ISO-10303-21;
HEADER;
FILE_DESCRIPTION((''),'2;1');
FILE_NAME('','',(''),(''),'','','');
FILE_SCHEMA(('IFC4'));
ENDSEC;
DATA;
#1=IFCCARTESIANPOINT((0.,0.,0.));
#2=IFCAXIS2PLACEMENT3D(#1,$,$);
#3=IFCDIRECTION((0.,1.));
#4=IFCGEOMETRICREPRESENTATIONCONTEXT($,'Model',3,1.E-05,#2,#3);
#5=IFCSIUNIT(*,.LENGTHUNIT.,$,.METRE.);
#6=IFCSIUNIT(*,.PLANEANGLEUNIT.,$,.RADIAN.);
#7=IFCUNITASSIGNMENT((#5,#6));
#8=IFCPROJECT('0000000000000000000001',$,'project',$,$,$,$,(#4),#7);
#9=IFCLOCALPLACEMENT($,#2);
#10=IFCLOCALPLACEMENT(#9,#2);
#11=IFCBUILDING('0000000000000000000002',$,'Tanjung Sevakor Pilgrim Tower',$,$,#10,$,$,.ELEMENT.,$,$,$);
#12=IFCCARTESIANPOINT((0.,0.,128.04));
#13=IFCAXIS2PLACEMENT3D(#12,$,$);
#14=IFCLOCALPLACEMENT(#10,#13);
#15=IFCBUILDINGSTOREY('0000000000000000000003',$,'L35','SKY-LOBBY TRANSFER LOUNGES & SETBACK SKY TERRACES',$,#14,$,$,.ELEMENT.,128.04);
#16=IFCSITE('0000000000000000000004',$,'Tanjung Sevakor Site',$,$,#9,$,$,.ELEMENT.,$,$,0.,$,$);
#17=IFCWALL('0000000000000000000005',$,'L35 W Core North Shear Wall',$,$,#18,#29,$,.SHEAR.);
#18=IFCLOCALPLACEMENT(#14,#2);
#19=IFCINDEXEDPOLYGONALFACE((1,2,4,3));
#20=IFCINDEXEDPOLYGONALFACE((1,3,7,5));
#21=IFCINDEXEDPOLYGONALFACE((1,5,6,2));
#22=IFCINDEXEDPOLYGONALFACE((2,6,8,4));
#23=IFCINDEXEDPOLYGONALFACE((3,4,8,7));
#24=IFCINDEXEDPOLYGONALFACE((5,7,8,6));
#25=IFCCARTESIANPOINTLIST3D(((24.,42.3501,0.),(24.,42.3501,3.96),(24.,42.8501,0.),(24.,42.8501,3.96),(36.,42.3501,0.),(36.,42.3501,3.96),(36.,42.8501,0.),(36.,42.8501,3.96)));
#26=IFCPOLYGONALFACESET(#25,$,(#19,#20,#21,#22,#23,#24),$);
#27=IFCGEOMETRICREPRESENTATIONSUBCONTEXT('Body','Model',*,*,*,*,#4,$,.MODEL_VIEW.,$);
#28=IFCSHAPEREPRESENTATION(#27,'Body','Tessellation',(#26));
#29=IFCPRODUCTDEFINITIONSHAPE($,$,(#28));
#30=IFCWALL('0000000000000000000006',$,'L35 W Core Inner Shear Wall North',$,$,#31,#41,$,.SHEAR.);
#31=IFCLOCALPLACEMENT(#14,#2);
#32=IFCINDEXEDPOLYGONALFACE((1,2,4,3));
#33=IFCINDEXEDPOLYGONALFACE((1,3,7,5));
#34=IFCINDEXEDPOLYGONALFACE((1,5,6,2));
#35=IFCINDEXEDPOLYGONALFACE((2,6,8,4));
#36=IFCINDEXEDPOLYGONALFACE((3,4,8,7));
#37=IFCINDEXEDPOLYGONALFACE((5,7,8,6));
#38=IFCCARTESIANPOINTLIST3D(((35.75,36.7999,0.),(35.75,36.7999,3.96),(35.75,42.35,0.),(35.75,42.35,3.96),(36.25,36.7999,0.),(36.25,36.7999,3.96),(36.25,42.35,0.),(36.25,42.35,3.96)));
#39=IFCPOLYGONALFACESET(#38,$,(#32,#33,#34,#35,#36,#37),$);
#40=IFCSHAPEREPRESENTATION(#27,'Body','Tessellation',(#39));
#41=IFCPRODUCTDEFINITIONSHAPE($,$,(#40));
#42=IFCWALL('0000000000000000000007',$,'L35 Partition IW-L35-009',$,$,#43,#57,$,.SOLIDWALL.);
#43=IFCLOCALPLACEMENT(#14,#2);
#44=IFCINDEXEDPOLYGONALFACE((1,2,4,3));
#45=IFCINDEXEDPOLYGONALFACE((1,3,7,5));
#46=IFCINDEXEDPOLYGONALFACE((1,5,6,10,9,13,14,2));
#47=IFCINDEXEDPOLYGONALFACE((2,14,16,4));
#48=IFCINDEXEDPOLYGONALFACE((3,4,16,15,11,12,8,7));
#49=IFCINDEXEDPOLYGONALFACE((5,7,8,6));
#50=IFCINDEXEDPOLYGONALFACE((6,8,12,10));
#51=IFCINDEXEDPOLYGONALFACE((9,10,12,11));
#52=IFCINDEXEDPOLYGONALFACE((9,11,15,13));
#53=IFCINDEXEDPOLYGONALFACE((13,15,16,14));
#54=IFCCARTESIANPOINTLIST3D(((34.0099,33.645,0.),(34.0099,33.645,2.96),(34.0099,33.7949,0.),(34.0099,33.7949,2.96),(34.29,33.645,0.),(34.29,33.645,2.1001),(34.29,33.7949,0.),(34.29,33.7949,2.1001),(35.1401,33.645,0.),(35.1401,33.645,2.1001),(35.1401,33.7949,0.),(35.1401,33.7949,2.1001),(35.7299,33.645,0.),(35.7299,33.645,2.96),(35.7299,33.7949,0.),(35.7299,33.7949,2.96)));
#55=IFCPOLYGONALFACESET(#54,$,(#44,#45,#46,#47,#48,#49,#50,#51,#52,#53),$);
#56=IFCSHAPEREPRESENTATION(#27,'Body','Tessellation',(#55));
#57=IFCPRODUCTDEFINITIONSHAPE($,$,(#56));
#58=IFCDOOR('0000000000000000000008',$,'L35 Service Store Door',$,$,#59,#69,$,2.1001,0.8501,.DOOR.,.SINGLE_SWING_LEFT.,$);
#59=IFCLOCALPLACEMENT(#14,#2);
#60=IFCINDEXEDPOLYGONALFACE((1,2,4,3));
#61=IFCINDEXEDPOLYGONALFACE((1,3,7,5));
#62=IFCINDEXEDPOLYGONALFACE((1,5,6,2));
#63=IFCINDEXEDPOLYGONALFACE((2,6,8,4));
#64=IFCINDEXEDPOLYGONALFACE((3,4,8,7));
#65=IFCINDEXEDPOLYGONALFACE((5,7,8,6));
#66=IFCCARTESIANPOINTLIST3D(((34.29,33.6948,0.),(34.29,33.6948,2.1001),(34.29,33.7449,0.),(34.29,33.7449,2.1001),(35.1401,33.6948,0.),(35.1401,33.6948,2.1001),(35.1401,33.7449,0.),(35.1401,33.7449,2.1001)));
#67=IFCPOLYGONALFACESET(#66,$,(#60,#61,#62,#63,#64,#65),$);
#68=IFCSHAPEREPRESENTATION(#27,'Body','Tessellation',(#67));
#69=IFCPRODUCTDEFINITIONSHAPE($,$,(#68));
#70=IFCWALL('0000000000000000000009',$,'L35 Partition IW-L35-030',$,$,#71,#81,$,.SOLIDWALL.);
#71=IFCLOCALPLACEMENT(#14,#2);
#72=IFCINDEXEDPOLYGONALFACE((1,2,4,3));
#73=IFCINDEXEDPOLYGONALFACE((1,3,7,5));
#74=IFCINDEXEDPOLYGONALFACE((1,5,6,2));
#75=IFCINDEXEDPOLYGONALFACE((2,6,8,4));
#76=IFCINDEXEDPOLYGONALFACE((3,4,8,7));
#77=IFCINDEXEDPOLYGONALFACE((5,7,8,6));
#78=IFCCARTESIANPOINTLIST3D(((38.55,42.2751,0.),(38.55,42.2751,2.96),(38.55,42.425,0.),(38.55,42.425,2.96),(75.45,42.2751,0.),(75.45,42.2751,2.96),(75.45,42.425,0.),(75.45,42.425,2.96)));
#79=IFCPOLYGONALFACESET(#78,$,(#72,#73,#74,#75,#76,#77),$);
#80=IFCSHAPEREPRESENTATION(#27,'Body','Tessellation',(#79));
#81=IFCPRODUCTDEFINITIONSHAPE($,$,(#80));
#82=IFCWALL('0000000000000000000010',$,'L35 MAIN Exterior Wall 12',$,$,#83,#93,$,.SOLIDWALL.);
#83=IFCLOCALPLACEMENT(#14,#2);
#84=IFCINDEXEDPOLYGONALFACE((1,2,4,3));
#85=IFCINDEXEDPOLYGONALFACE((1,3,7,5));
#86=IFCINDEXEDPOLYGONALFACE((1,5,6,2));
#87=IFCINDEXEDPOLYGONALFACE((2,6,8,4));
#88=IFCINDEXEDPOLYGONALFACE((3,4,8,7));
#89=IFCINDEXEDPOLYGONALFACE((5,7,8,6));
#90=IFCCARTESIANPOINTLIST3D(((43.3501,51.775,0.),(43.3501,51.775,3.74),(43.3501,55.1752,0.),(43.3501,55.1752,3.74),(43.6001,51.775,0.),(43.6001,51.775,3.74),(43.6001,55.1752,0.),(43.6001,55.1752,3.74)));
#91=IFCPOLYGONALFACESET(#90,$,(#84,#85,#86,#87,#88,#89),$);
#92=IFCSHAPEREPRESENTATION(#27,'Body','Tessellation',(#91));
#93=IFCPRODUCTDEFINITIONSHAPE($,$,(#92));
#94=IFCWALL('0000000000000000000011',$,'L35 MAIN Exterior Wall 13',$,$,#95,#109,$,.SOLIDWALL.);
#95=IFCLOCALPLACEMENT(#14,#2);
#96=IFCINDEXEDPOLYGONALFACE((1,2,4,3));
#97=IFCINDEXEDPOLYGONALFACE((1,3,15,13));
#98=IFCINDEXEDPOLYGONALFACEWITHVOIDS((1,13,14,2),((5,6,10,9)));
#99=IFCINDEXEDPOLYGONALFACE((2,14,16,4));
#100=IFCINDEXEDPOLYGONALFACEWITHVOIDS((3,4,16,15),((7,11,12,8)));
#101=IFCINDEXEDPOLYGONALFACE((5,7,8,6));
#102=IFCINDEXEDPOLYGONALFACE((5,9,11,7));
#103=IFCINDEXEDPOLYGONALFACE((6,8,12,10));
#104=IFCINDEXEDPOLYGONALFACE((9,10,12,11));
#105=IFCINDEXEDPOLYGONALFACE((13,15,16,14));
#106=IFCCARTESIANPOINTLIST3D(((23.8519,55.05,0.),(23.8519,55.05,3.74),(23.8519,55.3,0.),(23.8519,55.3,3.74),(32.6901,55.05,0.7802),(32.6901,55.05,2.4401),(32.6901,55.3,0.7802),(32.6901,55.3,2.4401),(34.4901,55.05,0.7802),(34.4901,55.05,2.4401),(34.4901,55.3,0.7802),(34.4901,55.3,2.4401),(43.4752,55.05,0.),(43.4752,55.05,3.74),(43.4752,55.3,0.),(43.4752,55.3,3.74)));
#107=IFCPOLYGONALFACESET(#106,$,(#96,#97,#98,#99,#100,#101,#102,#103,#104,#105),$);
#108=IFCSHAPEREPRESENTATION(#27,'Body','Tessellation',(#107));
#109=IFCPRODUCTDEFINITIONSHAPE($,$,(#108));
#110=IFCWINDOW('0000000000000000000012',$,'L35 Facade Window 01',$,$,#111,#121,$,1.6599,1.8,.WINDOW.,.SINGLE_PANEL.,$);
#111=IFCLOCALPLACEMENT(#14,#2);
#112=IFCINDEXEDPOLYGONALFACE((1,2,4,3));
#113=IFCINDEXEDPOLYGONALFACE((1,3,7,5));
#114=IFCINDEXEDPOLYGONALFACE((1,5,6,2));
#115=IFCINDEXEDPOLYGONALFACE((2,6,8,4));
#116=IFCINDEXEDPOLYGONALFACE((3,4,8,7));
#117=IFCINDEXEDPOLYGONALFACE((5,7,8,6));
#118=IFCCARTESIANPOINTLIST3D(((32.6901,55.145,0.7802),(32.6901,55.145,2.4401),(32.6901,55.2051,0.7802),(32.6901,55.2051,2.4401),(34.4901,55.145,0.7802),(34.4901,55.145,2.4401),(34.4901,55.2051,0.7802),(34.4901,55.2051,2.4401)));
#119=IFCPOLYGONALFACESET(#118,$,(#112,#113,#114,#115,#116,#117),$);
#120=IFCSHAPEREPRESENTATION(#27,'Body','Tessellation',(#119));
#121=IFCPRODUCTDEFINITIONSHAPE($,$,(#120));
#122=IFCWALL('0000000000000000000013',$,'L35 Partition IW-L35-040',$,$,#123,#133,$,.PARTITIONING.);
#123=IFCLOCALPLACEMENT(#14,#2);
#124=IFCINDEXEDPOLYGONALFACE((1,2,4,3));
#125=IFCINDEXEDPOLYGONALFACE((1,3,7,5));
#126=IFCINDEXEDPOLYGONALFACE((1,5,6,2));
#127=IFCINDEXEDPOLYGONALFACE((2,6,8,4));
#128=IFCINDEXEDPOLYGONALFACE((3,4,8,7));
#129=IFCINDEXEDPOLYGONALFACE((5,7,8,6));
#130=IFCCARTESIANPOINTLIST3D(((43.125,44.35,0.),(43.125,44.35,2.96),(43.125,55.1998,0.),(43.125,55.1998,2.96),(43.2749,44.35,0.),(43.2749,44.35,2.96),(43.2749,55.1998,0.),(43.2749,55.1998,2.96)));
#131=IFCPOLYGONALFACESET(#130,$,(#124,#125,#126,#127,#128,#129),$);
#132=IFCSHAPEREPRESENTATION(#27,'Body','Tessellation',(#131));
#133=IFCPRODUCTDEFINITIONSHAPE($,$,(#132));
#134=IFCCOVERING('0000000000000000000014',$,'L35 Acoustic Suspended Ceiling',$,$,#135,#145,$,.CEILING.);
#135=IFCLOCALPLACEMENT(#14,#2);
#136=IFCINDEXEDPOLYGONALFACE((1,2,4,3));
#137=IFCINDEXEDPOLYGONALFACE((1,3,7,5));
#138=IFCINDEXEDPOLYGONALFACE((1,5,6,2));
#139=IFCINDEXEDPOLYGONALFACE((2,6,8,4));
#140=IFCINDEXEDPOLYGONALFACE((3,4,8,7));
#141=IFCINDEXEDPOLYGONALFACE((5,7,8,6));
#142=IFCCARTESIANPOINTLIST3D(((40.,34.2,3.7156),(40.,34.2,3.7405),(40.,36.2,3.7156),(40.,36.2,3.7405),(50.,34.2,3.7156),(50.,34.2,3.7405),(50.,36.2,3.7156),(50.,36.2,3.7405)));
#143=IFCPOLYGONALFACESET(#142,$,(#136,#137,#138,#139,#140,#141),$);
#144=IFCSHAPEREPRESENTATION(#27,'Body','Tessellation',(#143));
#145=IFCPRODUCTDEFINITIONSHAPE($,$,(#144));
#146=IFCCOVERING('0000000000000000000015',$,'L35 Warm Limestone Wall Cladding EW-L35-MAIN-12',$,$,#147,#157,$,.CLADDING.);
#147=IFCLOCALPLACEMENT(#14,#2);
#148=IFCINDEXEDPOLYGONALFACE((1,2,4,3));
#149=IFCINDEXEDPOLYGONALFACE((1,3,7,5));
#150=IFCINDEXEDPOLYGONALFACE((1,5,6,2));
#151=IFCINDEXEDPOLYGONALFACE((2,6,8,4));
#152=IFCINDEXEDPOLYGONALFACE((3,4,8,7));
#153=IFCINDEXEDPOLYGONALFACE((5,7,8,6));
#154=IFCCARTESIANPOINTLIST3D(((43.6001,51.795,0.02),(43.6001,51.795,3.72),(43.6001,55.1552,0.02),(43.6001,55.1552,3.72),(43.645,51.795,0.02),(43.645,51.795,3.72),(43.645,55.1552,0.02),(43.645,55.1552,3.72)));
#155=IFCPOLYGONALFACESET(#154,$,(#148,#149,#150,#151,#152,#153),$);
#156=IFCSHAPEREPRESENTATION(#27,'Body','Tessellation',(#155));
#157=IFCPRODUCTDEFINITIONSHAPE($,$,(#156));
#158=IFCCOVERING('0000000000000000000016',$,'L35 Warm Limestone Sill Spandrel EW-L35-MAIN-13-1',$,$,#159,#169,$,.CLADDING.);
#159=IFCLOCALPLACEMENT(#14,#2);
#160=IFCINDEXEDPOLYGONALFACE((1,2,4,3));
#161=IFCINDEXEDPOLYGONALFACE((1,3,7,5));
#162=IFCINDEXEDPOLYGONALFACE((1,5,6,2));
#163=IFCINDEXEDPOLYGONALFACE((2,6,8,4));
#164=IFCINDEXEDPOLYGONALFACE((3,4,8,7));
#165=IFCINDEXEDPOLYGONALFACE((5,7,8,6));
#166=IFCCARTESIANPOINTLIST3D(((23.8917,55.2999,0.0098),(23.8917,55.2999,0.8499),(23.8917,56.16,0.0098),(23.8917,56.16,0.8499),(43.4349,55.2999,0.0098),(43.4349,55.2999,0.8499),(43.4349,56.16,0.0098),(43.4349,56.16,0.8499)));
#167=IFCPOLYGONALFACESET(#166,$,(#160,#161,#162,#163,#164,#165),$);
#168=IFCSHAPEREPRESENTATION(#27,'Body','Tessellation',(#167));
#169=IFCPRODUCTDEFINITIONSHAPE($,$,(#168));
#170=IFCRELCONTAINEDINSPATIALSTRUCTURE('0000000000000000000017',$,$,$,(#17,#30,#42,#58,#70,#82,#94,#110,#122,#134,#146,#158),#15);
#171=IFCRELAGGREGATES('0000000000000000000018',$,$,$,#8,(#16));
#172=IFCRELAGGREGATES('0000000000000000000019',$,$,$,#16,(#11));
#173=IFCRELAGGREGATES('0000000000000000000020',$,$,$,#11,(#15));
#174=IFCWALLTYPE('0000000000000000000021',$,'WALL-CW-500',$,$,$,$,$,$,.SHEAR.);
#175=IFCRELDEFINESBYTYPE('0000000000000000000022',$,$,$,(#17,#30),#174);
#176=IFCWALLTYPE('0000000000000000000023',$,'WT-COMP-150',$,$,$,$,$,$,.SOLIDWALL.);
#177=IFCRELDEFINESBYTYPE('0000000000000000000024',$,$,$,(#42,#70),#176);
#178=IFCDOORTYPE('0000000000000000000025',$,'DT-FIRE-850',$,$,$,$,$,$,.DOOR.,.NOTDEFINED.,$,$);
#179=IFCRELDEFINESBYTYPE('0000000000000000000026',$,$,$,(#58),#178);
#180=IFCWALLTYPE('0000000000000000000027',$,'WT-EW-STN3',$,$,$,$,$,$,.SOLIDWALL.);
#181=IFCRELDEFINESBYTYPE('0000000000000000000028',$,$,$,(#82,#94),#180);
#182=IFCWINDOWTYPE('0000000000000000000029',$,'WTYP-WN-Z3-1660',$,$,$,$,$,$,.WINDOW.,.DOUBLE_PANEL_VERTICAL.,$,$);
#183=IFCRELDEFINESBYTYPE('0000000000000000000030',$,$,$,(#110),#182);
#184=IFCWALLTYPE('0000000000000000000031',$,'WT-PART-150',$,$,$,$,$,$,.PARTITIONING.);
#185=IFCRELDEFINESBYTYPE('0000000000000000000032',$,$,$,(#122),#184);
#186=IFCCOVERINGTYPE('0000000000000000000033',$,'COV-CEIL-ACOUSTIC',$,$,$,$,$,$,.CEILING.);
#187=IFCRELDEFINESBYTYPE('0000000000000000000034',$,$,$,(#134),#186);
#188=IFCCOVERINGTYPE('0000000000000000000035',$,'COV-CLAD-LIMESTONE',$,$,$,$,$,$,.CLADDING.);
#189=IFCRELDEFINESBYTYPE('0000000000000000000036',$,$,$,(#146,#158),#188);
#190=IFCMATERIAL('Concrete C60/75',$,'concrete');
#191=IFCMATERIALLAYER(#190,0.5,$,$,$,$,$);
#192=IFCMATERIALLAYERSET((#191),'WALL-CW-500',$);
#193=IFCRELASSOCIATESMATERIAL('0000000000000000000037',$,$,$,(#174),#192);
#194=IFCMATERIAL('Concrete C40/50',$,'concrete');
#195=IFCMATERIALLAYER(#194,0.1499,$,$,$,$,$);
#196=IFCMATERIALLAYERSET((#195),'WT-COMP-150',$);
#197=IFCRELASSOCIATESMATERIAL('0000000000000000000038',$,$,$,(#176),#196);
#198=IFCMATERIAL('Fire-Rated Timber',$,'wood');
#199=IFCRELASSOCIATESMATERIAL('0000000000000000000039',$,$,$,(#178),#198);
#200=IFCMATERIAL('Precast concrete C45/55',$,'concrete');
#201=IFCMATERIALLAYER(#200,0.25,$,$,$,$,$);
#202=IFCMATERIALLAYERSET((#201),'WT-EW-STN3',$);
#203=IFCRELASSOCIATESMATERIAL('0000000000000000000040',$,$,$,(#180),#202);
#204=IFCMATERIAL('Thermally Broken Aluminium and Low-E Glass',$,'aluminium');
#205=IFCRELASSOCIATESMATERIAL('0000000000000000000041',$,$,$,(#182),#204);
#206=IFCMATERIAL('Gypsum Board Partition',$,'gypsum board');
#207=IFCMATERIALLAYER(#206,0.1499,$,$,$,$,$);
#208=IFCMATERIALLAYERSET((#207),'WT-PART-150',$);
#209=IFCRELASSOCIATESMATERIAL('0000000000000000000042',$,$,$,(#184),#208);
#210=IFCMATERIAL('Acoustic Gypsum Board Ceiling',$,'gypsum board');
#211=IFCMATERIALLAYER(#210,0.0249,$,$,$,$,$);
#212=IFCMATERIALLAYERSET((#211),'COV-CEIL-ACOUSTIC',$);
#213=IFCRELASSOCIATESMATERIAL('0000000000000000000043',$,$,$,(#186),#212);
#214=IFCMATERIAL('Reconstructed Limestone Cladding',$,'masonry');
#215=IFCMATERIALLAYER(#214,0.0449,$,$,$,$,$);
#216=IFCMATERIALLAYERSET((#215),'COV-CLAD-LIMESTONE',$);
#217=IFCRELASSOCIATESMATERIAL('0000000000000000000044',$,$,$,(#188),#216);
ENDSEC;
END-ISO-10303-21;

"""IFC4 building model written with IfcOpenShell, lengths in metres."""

from ifc_helpers import new_model, si_unit, direction, frame, frame_2d, origin, origin_2d, place, context, subcontext, project, spatial, rectangle, extrude, material, layer, layer_set, type_object, element, fill, save


model = new_model("IFC4")

# Units and contexts
model_context = context("Model", 3, precision=1e-05, world=origin(), true_north=direction((0.0, 1.0)))
body_context = subcontext(model_context, "Body", "Model", "MODEL_VIEW")
ifc_project = project(units=[si_unit("LENGTHUNIT", "METRE"), si_unit("PLANEANGLEUNIT", "RADIAN")], contexts=[model_context])

# Site, building, storey
site_placement = place(None, origin())
site = spatial("IfcSite", under=ifc_project, at=site_placement, Name="Tanjung Sevakor Site", CompositionType="ELEMENT", RefElevation=0.0)
building_placement = place(site_placement, origin())
building = spatial("IfcBuilding", under=site, at=building_placement, Name="Tanjung Sevakor Pilgrim Tower", CompositionType="ELEMENT")
storey_placement = place(building_placement, frame((0.0, 0.0, 128.04)))
storey = spatial("IfcBuildingStorey", under=building, at=storey_placement, Name="L35", Description="SKY-LOBBY TRANSFER LOUNGES & SETBACK SKY TERRACES", CompositionType="ELEMENT", Elevation=128.04)

# Walls
ifc_material_1 = material(Name="Concrete C60/75", Category="concrete")
ifc_layer_1 = layer(ifc_material_1, 0.5)
ifc_layer_set_1 = layer_set([ifc_layer_1], Name="WALL-CW-500")
wall_type_1 = type_object("IfcWallType", Name="WALL-CW-500", PredefinedType="SHEAR", material=ifc_layer_set_1)
wall_1_placement = place(storey_placement, frame((36.0, 42.6001, 0.0), z_axis=(0.0, 0.0, 1.0), x_axis=(-1.0, 0.0, 0.0)))
element("IfcWall", 1, at=wall_1_placement, inside=storey, type_object=wall_type_1, Name="L35 W Core North Shear Wall", PredefinedType="SHEAR", context=body_context, shape_type="SweptSolid", body=[
    extrude(rectangle(XDim=12.0, YDim=0.5, at=frame_2d((6.0, 0.0))), origin(), (0.0, 0.0, 1.0), 3.96),
])
wall_2_placement = place(storey_placement, frame((36.0, 36.8, 0.0), z_axis=(0.0, 0.0, 1.0), x_axis=(0.0, 1.0, 0.0)))
element("IfcWall", 2, at=wall_2_placement, inside=storey, type_object=wall_type_1, Name="L35 W Core Inner Shear Wall North", PredefinedType="SHEAR", context=body_context, shape_type="SweptSolid", body=[
    extrude(rectangle(XDim=5.55, YDim=0.5, at=frame_2d((2.7749, 0.0))), origin(), (0.0, 0.0, 1.0), 3.96),
])

# Wall, opening, door
ifc_material_2 = material(Name="Concrete C40/50", Category="concrete")
ifc_layer_2 = layer(ifc_material_2, 0.1499)
ifc_layer_set_2 = layer_set([ifc_layer_2], Name="WT-COMP-150")
wall_type_2 = type_object("IfcWallType", Name="WT-COMP-150", PredefinedType="SOLIDWALL", material=ifc_layer_set_2)
wall_3_placement = place(storey_placement, frame((34.01, 33.72, 0.0), z_axis=(0.0, 0.0, 1.0), x_axis=(1.0, 0.0, 0.0)))
wall_3 = element("IfcWall", 3, at=wall_3_placement, inside=storey, type_object=wall_type_2, Name="L35 Partition IW-L35-009", PredefinedType="SOLIDWALL", context=body_context, shape_type="SweptSolid", body=[
    extrude(rectangle(XDim=1.72, YDim=0.1499, at=frame_2d((0.8599, 0.0))), origin(), (0.0, 0.0, 1.0), 2.96),
])
opening_1_placement = place(wall_3_placement, frame((0.28, 0.0, 0.0)))
opening_1 = element("IfcOpeningElement", 4, at=opening_1_placement, cuts=wall_3, PredefinedType="OPENING", context=body_context, shape_type="SweptSolid", body=[
    extrude(rectangle(XDim=0.8501, YDim=2.1001, at=frame_2d((0.425, 1.05))), frame((0.0, 0.085, 0.0), z_axis=(0.0, -1.0, 0.0), x_axis=(1.0, 0.0, 0.0)), (0.0, 0.0, 1.0), 0.1699),
])
ifc_material_3 = material(Name="Fire-Rated Timber", Category="wood")
door_type = type_object("IfcDoorType", Name="DT-FIRE-850", OperationType="NOTDEFINED", PredefinedType="DOOR", material=ifc_material_3)
door_placement = place(opening_1_placement, origin())
door = element("IfcDoor", 5, at=door_placement, inside=storey, type_object=door_type, Name="L35 Service Store Door", OperationType="SINGLE_SWING_LEFT", OverallHeight=2.1001, OverallWidth=0.8501, PredefinedType="DOOR", context=body_context, shape_type="SweptSolid", body=[
    extrude(rectangle(XDim=0.8501, YDim=2.1001, at=frame_2d((0.425, 1.05))), frame((0.0, 0.0249, 0.0), z_axis=(0.0, -1.0, 0.0), x_axis=(1.0, 0.0, 0.0)), (0.0, 0.0, 1.0), 0.05),
])
fill(opening_1, door)

# Walls
wall_4_placement = place(storey_placement, frame((38.55, 42.3501, 0.0), z_axis=(0.0, 0.0, 1.0), x_axis=(1.0, 0.0, 0.0)))
element("IfcWall", 6, at=wall_4_placement, inside=storey, type_object=wall_type_2, Name="L35 Partition IW-L35-030", PredefinedType="SOLIDWALL", context=body_context, shape_type="SweptSolid", body=[
    extrude(rectangle(XDim=36.8999, YDim=0.1499, at=frame_2d((18.45, 0.0))), origin(), (0.0, 0.0, 1.0), 2.96),
])
ifc_material_4 = material(Name="Precast concrete C45/55", Category="concrete")
ifc_layer_3 = layer(ifc_material_4, 0.25)
ifc_layer_set_3 = layer_set([ifc_layer_3], Name="WT-EW-STN3")
wall_type_3 = type_object("IfcWallType", Name="WT-EW-STN3", PredefinedType="SOLIDWALL", material=ifc_layer_set_3)
wall_5_placement = place(storey_placement, frame((43.4751, 51.7749, 0.0), z_axis=(0.0, 0.0, 1.0), x_axis=(0.0, 1.0, 0.0)))
element("IfcWall", 7, at=wall_5_placement, inside=storey, type_object=wall_type_3, Name="L35 MAIN Exterior Wall 12", PredefinedType="SOLIDWALL", context=body_context, shape_type="SweptSolid", body=[
    extrude(rectangle(XDim=3.4001, YDim=0.25, at=frame_2d((1.7002, 0.0))), origin(), (0.0, 0.0, 1.0), 3.74),
])

# Wall, opening, window
wall_6_placement = place(storey_placement, frame((43.4751, 55.175, 0.0), z_axis=(0.0, 0.0, 1.0), x_axis=(-1.0, 0.0, 0.0)))
wall_6 = element("IfcWall", 8, at=wall_6_placement, inside=storey, type_object=wall_type_3, Name="L35 MAIN Exterior Wall 13", PredefinedType="SOLIDWALL", context=body_context, shape_type="SweptSolid", body=[
    extrude(rectangle(XDim=19.6233, YDim=0.25, at=frame_2d((9.8115, 0.0))), origin(), (0.0, 0.0, 1.0), 3.74),
])
opening_2_placement = place(wall_6_placement, frame((8.9851, 0.0, 0.78)))
opening_2 = element("IfcOpeningElement", 9, at=opening_2_placement, cuts=wall_6, PredefinedType="OPENING", context=body_context, shape_type="SweptSolid", body=[
    extrude(rectangle(XDim=1.8, YDim=1.6599, at=frame_2d((0.8999, 0.8301))), frame((0.0, 0.135, 0.0), z_axis=(0.0, -1.0, 0.0), x_axis=(1.0, 0.0, 0.0)), (0.0, 0.0, 1.0), 0.27),
])
ifc_material_5 = material(Name="Thermally Broken Aluminium and Low-E Glass", Category="aluminium")
window_type = type_object("IfcWindowType", Name="WTYP-WN-Z3-1660", PartitioningType="DOUBLE_PANEL_VERTICAL", PredefinedType="WINDOW", material=ifc_material_5)
window_placement = place(opening_2_placement, origin())
window = element("IfcWindow", 10, at=window_placement, inside=storey, type_object=window_type, Name="L35 Facade Window 01", OverallHeight=1.6599, OverallWidth=1.8, PartitioningType="SINGLE_PANEL", PredefinedType="WINDOW", context=body_context, shape_type="SweptSolid", body=[
    extrude(rectangle(XDim=1.8, YDim=1.6599, at=frame_2d((0.8999, 0.8301))), frame((0.0, 0.03, 0.0), z_axis=(0.0, -1.0, 0.0), x_axis=(1.0, 0.0, 0.0)), (0.0, 0.0, 1.0), 0.0601),
])
fill(opening_2, window)

# Wall
ifc_material_6 = material(Name="Gypsum Board Partition", Category="gypsum board")
ifc_layer_4 = layer(ifc_material_6, 0.1499)
ifc_layer_set_4 = layer_set([ifc_layer_4], Name="WT-PART-150")
wall_type_4 = type_object("IfcWallType", Name="WT-PART-150", PredefinedType="PARTITIONING", material=ifc_layer_set_4)
wall_7_placement = place(storey_placement, frame((43.2, 44.3501, 0.0), z_axis=(0.0, 0.0, 1.0), x_axis=(0.0, 1.0, 0.0)))
element("IfcWall", 11, at=wall_7_placement, inside=storey, type_object=wall_type_4, Name="L35 Partition IW-L35-040", PredefinedType="PARTITIONING", context=body_context, shape_type="SweptSolid", body=[
    extrude(rectangle(XDim=10.8499, YDim=0.1499, at=frame_2d((5.4248, 0.0))), origin(), (0.0, 0.0, 1.0), 2.96),
])

# Coverings
ifc_material_7 = material(Name="Acoustic Gypsum Board Ceiling", Category="gypsum board")
ifc_layer_5 = layer(ifc_material_7, 0.0249)
ifc_layer_set_5 = layer_set([ifc_layer_5], Name="COV-CEIL-ACOUSTIC")
covering_type_1 = type_object("IfcCoveringType", Name="COV-CEIL-ACOUSTIC", PredefinedType="CEILING", material=ifc_layer_set_5)
covering_1_placement = place(storey_placement, frame((45.0, 35.2, 3.7156), z_axis=(0.0, 0.0, 1.0), x_axis=(1.0, 0.0, 0.0)))
element("IfcCovering", 12, at=covering_1_placement, inside=storey, type_object=covering_type_1, Name="L35 Acoustic Suspended Ceiling", PredefinedType="CEILING", context=body_context, shape_type="SweptSolid", body=[
    extrude(rectangle(XDim=10.0, YDim=2.0, at=origin_2d()), origin(), (0.0, 0.0, 1.0), 0.0249),
])
ifc_material_8 = material(Name="Reconstructed Limestone Cladding", Category="masonry")
ifc_layer_6 = layer(ifc_material_8, 0.0449)
ifc_layer_set_6 = layer_set([ifc_layer_6], Name="COV-CLAD-LIMESTONE")
covering_type_2 = type_object("IfcCoveringType", Name="COV-CLAD-LIMESTONE", PredefinedType="CLADDING", material=ifc_layer_set_6)
covering_2_placement = place(storey_placement, frame((43.6226, 53.4751, 0.02), z_axis=(0.0, 0.0, 1.0), x_axis=(0.0, 1.0, 0.0)))
element("IfcCovering", 13, at=covering_2_placement, inside=storey, type_object=covering_type_2, Name="L35 Warm Limestone Wall Cladding EW-L35-MAIN-12", PredefinedType="CLADDING", context=body_context, shape_type="SweptSolid", body=[
    extrude(rectangle(XDim=3.3601, YDim=0.0449, at=origin_2d()), origin(), (0.0, 0.0, 1.0), 3.7),
])
covering_3_placement = place(storey_placement, frame((33.6633, 55.73, 0.0098), z_axis=(0.0, 0.0, 1.0), x_axis=(-1.0, 0.0, 0.0)))
element("IfcCovering", 14, at=covering_3_placement, inside=storey, type_object=covering_type_2, Name="L35 Warm Limestone Sill Spandrel EW-L35-MAIN-13-1", PredefinedType="CLADDING", context=body_context, shape_type="SweptSolid", body=[
    extrude(rectangle(XDim=19.5432, YDim=0.8601, at=origin_2d()), origin(), (0.0, 0.0, 1.0), 0.8401),
])

save(model, "model.ifc")
